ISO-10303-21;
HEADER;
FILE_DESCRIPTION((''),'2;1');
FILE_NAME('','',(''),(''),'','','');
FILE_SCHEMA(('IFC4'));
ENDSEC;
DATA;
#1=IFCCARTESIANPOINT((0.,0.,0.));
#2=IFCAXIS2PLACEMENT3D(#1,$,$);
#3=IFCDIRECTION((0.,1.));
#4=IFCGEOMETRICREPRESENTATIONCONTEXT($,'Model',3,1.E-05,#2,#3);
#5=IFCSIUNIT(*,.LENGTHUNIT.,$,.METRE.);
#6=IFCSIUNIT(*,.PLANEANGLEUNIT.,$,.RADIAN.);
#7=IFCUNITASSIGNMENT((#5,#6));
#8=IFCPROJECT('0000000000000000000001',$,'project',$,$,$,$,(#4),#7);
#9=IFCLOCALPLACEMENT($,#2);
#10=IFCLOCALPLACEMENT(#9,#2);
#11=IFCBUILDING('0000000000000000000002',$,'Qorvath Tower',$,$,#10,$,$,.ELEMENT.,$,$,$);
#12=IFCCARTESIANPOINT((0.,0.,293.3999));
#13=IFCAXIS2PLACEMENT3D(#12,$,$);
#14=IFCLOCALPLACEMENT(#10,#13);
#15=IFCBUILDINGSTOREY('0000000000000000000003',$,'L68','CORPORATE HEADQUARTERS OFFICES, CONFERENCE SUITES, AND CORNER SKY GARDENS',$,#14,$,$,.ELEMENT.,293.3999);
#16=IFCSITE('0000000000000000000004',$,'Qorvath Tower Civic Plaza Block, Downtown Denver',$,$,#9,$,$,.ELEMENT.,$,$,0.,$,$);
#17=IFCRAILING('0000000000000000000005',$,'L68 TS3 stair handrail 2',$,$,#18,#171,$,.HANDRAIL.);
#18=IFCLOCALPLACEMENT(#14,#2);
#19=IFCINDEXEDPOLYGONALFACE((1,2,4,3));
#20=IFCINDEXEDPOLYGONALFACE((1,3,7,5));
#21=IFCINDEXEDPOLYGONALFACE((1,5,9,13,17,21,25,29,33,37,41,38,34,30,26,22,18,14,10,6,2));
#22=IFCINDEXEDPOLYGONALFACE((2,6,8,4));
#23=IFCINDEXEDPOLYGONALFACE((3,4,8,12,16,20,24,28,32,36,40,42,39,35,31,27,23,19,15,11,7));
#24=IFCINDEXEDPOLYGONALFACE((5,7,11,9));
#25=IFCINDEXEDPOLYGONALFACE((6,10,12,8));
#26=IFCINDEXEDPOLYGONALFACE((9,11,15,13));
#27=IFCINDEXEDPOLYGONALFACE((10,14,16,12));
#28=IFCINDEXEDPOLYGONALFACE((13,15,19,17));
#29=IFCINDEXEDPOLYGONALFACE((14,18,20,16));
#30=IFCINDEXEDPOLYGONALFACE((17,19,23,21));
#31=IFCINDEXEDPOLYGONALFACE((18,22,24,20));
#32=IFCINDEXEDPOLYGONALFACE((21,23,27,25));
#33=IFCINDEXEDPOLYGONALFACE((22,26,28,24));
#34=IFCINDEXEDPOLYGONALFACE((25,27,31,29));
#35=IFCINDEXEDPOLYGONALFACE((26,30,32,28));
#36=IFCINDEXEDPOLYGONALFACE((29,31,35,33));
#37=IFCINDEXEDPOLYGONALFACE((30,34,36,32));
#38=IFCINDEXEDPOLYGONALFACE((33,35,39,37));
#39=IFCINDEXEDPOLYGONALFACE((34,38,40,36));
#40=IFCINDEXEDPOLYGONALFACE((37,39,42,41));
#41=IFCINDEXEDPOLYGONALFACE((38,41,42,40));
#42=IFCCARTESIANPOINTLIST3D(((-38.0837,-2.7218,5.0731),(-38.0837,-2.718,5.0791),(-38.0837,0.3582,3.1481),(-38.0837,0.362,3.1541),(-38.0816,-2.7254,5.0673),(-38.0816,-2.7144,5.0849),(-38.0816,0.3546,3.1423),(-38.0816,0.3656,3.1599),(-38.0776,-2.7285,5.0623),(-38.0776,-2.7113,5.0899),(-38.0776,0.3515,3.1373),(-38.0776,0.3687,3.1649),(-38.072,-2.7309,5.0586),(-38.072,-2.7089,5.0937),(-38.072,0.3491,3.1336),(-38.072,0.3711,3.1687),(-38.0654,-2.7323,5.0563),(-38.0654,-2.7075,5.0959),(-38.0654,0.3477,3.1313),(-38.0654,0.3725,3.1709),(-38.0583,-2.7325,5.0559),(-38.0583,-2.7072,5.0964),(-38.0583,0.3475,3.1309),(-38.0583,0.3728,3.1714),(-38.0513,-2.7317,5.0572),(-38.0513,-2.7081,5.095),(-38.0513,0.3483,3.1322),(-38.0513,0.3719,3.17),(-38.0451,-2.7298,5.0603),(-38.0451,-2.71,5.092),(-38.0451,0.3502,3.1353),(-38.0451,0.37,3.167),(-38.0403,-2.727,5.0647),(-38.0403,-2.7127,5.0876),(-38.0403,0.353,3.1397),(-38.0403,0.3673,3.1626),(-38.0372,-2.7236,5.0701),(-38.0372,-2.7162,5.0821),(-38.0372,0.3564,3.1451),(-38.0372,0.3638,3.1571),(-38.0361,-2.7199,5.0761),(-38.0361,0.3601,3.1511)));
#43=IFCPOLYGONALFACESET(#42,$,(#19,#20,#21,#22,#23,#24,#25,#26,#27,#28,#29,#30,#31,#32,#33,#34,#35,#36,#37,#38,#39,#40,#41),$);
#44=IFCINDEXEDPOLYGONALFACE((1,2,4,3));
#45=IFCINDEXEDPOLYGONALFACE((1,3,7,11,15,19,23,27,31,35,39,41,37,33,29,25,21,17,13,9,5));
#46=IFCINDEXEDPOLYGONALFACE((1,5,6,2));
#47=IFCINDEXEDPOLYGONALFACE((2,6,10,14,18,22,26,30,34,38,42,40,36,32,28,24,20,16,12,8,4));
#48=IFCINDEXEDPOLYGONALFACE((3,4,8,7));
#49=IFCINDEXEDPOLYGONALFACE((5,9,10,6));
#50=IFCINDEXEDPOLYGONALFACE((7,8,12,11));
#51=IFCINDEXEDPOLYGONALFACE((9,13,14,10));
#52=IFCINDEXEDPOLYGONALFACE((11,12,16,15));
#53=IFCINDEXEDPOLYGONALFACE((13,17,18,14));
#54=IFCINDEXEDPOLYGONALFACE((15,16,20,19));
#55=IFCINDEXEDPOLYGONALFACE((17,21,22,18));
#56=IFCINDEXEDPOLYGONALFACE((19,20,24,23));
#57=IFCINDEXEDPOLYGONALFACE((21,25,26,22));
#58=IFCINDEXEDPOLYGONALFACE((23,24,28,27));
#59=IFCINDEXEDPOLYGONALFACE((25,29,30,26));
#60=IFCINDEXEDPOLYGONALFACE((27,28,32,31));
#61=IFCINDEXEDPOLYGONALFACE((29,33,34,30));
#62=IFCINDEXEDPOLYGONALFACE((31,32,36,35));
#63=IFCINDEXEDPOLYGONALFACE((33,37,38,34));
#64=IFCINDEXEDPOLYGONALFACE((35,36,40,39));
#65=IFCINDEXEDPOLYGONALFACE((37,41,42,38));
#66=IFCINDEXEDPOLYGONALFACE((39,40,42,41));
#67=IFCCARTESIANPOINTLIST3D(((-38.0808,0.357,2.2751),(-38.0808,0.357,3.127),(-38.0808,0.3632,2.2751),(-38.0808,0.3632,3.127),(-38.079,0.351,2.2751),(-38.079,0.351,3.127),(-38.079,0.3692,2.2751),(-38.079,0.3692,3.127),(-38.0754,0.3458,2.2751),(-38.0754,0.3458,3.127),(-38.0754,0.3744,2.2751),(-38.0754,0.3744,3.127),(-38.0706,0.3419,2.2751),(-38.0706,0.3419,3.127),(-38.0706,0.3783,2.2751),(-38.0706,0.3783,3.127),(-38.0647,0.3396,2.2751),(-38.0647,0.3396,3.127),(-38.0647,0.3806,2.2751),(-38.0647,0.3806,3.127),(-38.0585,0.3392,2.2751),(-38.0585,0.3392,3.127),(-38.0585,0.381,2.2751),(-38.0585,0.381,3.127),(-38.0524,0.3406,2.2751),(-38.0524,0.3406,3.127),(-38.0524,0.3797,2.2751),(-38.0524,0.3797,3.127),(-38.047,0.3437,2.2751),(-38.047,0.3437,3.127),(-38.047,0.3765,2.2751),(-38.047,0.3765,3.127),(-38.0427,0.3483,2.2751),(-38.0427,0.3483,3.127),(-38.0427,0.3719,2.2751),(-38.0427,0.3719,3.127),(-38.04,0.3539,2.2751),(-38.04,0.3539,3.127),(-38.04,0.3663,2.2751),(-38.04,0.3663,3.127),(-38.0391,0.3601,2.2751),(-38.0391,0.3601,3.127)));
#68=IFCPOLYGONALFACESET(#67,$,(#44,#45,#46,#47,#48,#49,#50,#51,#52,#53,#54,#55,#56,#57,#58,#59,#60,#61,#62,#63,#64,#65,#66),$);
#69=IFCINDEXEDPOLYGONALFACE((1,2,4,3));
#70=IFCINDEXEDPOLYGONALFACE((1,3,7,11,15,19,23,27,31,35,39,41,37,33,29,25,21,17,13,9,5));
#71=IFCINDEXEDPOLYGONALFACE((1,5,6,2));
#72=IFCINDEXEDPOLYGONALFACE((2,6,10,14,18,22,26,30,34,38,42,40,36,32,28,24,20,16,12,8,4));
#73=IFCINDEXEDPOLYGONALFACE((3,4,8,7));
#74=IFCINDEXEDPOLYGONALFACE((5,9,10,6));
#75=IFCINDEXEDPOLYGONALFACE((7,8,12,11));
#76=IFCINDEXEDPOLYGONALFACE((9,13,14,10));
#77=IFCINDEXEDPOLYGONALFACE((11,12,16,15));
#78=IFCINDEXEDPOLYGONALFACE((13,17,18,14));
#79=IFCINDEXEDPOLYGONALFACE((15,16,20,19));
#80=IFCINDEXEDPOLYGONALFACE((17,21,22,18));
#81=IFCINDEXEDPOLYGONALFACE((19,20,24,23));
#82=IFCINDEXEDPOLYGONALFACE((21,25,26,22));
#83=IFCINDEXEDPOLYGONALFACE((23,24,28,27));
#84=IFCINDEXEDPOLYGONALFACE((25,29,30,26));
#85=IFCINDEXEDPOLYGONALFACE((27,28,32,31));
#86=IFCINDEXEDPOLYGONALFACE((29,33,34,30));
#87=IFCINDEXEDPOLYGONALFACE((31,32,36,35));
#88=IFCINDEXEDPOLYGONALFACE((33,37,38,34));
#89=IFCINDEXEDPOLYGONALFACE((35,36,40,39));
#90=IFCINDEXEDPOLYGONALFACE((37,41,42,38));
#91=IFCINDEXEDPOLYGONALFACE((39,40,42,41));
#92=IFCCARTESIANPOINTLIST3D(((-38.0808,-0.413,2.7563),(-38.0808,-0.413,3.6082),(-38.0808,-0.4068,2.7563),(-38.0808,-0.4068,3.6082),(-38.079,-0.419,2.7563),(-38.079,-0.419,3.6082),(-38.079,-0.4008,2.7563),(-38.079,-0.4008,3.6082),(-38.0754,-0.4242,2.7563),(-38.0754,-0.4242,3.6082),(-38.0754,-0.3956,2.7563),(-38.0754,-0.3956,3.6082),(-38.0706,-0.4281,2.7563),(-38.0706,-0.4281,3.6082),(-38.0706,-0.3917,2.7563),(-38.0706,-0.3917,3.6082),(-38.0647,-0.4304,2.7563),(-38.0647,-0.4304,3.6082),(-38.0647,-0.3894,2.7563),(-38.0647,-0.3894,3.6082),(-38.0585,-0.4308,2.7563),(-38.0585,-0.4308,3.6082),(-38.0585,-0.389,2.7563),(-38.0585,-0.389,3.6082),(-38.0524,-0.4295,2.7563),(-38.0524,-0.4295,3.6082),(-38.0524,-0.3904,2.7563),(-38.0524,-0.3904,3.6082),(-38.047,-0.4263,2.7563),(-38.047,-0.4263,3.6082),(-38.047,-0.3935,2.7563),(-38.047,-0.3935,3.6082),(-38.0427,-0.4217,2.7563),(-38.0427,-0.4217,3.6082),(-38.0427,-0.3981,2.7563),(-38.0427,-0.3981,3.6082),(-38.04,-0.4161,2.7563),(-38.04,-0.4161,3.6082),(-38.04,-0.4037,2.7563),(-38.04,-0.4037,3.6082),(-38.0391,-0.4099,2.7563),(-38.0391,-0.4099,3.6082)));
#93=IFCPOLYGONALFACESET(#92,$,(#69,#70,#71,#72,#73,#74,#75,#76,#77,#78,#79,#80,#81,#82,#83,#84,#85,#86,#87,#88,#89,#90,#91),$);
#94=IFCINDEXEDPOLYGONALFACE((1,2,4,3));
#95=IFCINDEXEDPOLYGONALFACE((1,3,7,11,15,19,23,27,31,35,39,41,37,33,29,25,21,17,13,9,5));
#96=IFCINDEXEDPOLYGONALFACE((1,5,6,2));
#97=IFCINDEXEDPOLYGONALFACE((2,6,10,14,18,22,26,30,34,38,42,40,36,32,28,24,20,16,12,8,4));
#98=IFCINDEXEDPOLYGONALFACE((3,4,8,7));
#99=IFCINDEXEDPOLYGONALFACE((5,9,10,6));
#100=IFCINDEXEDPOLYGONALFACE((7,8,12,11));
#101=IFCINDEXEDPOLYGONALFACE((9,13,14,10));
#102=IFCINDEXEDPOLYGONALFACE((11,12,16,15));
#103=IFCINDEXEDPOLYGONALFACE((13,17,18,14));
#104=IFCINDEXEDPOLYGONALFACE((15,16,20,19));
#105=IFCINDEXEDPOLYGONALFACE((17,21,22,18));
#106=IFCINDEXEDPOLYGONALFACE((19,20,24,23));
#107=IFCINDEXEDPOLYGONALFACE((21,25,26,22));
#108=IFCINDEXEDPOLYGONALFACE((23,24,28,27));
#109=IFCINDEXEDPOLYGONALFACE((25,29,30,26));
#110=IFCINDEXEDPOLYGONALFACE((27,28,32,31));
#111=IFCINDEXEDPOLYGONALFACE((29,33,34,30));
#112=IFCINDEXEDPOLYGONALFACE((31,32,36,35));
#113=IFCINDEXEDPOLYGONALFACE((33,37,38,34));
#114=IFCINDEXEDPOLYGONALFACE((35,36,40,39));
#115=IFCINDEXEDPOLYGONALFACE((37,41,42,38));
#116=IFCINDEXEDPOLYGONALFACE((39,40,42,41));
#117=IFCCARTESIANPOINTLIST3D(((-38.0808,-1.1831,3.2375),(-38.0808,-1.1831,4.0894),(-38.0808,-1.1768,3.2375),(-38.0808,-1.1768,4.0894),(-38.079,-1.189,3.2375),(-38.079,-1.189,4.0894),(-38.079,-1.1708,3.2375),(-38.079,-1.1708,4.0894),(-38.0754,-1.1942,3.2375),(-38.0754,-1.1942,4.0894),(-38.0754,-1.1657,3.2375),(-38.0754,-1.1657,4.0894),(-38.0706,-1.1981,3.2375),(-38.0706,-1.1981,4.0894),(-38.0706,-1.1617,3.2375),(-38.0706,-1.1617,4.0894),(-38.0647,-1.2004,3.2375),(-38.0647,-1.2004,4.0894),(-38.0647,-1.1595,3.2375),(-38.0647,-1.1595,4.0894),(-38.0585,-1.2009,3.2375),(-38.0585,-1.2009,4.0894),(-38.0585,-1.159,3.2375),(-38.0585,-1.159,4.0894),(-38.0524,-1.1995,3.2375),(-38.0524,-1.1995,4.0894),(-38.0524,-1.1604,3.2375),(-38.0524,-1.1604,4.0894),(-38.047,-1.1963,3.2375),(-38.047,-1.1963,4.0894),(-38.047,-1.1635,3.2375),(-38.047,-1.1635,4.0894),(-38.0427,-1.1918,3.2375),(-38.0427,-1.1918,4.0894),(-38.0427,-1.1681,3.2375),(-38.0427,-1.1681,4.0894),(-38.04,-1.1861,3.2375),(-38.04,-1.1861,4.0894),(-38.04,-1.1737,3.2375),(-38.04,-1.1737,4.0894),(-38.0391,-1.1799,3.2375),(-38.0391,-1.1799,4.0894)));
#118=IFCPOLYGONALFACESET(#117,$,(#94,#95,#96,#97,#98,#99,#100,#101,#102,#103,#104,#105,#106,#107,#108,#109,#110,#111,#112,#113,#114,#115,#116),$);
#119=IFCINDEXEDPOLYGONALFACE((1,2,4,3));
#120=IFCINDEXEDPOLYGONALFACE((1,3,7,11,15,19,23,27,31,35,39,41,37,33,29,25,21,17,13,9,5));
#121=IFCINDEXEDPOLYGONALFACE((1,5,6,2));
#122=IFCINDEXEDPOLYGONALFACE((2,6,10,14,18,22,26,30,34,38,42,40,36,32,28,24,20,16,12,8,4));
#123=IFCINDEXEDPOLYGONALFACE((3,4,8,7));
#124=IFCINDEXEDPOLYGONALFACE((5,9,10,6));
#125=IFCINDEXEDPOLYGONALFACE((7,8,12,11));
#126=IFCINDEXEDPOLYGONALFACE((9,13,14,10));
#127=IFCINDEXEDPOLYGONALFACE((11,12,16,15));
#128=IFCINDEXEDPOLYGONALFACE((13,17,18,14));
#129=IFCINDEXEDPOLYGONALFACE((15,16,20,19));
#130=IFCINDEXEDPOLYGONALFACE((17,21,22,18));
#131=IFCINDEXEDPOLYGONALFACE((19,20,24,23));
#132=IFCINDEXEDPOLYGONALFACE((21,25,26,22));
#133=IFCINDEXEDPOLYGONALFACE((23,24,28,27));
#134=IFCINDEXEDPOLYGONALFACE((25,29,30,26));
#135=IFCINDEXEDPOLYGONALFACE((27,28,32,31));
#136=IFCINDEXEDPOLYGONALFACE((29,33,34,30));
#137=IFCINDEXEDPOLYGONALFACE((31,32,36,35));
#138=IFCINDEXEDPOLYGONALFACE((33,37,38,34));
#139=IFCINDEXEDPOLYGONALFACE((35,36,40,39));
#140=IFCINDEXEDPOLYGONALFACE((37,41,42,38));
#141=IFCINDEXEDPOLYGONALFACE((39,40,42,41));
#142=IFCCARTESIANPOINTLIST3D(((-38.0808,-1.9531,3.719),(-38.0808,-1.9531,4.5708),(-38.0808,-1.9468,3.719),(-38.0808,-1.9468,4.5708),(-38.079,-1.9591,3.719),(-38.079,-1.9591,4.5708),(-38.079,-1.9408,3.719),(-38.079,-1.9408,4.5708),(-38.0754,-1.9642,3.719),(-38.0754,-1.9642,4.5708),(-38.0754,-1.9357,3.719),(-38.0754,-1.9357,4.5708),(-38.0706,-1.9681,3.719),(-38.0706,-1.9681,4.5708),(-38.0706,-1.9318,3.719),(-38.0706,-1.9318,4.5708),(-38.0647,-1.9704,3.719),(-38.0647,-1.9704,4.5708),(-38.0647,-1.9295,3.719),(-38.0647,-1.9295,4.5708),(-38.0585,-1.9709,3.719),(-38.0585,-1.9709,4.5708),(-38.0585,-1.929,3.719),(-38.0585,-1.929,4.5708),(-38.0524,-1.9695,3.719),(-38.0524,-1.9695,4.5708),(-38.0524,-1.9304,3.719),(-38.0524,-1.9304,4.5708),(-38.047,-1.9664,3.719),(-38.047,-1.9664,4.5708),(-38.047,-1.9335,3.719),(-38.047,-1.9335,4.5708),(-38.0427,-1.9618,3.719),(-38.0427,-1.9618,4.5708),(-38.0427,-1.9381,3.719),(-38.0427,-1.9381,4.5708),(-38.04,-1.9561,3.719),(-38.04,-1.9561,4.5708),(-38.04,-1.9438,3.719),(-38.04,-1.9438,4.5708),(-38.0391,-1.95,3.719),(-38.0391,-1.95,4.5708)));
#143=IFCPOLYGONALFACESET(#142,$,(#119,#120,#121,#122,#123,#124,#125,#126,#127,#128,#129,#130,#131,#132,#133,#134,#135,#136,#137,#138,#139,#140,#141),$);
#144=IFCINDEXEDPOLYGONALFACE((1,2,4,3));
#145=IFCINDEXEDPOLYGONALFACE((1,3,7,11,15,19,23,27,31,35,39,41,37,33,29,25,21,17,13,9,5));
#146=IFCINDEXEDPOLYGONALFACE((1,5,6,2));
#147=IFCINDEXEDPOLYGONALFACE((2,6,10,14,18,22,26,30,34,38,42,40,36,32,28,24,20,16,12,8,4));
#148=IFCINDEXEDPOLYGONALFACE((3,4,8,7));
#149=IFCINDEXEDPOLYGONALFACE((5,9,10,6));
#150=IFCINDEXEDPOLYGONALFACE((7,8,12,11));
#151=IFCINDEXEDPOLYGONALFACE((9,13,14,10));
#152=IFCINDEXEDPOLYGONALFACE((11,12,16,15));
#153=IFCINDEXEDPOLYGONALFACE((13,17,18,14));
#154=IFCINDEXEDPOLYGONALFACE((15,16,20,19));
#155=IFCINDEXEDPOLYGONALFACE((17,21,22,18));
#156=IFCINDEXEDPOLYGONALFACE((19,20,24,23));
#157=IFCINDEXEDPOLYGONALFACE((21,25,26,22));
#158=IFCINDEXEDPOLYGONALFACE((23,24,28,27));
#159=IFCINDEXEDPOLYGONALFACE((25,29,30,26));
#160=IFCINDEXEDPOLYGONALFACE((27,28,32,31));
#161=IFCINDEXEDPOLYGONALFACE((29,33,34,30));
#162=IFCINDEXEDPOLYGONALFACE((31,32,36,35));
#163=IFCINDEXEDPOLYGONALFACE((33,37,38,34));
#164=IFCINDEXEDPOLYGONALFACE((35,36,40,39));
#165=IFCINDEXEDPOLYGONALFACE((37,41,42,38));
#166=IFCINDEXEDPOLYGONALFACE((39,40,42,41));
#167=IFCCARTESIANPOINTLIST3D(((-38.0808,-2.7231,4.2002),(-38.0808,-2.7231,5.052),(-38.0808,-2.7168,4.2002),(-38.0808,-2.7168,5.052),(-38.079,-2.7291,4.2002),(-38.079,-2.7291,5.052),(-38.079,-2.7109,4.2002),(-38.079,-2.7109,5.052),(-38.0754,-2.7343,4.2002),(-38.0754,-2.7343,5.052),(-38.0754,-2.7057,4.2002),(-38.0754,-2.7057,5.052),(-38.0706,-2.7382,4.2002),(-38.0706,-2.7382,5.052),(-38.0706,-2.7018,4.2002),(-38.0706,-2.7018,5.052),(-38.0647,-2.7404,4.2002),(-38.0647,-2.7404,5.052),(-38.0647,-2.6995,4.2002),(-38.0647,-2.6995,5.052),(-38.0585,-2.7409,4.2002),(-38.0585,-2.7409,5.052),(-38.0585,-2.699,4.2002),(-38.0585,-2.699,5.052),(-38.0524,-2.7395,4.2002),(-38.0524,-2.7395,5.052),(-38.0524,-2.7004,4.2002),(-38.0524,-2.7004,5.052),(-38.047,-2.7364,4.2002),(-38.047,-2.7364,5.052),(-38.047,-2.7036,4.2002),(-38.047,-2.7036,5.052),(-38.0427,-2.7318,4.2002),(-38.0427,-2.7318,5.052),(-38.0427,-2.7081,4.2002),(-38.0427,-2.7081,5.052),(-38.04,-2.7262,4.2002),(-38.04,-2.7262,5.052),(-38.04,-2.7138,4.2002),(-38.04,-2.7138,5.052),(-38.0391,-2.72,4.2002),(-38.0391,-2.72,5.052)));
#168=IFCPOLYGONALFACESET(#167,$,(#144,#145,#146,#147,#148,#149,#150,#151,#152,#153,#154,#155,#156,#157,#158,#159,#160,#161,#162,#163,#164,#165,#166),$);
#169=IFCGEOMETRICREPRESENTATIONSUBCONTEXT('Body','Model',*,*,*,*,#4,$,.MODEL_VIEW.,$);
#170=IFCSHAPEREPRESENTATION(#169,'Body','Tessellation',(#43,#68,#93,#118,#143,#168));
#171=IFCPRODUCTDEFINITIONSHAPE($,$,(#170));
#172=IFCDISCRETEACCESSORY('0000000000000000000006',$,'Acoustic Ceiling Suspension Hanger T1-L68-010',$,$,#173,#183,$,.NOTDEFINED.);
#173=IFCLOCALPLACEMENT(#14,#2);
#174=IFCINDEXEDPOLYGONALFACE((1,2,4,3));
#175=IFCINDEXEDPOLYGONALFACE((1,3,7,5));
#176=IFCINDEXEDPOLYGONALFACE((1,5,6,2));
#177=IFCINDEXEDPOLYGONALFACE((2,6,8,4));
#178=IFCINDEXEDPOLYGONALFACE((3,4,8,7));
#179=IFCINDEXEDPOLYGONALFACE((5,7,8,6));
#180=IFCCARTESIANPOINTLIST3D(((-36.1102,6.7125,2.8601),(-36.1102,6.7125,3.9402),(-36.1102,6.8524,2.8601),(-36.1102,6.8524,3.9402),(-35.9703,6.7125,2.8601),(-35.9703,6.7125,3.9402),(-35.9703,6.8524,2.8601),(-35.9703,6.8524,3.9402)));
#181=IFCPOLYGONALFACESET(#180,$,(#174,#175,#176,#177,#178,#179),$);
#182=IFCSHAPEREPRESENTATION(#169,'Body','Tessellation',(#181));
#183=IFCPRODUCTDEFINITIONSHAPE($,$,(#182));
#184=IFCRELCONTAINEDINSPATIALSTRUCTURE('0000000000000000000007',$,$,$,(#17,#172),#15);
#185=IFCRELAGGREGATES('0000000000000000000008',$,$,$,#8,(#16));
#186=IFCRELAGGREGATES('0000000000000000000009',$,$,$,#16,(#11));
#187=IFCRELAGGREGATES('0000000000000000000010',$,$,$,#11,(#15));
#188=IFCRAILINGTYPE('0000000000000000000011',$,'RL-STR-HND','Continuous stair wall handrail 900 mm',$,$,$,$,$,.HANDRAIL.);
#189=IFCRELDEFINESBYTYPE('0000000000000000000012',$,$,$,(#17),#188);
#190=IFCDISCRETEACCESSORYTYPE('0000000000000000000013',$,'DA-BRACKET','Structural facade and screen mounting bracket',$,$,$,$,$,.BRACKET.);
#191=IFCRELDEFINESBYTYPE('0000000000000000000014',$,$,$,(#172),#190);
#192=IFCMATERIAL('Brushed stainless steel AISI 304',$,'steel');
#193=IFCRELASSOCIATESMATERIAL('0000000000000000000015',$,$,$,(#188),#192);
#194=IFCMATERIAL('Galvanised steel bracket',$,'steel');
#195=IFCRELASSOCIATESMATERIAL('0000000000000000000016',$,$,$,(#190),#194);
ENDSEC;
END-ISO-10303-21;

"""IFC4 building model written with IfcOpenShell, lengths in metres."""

from ifc_helpers import new_model, si_unit, direction, frame, origin, origin_2d, place, context, subcontext, project, spatial, rectangle, circle, extrude, material, type_object, element, save


model = new_model("IFC4")

# Units and contexts
model_context = context("Model", 3, precision=1e-05, world=origin(), true_north=direction((0.0, 1.0)))
body_context = subcontext(model_context, "Body", "Model", "MODEL_VIEW")
ifc_project = project(units=[si_unit("LENGTHUNIT", "METRE"), si_unit("PLANEANGLEUNIT", "RADIAN")], contexts=[model_context])

# Site, building, storey
site_placement = place(None, origin())
site = spatial("IfcSite", under=ifc_project, at=site_placement, Name="Qorvath Tower Civic Plaza Block, Downtown Denver", CompositionType="ELEMENT", RefElevation=0.0)
building_placement = place(site_placement, origin())
building = spatial("IfcBuilding", under=site, at=building_placement, Name="Qorvath Tower", CompositionType="ELEMENT")
storey_placement = place(building_placement, frame((0.0, 0.0, 293.3999)))
storey = spatial("IfcBuildingStorey", under=building, at=storey_placement, Name="L68", Description="CORPORATE HEADQUARTERS OFFICES, CONFERENCE SUITES, AND CORNER SKY GARDENS", CompositionType="ELEMENT", Elevation=293.3999)

# Railing
ifc_material_1 = material(Name="Brushed stainless steel AISI 304", Category="steel")
railing_type_1 = type_object("IfcRailingType", Name="RL-STR-HND", Description="Continuous stair wall handrail 900 mm", PredefinedType="HANDRAIL", material=ifc_material_1)
railing_1_placement = place(storey_placement, frame((-38.0601, 0.3601, 2.2751)))
element("IfcRailing", 1, at=railing_1_placement, inside=storey, type_object=railing_type_1, Name="L68 TS3 stair handrail 2", PredefinedType="HANDRAIL", context=body_context, shape_type="SweptSolid", body=[
    extrude(circle(Radius=0.0239, at=origin_2d()), frame((0.0, 0.0, 0.876), z_axis=(0.0, -0.847998, 0.529999), x_axis=(1.0, 0.0, 0.0)), (0.0, 0.0, 1.0), 3.6321),
    extrude(circle(Radius=0.021, at=origin_2d()), origin(), (0.0, 0.0, 1.0), 0.8518),
    extrude(circle(Radius=0.021, at=origin_2d()), frame((0.0, -0.77, 0.4812)), (0.0, 0.0, 1.0), 0.8518),
    extrude(circle(Radius=0.021, at=origin_2d()), frame((0.0, -1.54, 0.9624)), (0.0, 0.0, 1.0), 0.8518),
    extrude(circle(Radius=0.021, at=origin_2d()), frame((0.0, -2.3101, 1.4438)), (0.0, 0.0, 1.0), 0.8518),
    extrude(circle(Radius=0.021, at=origin_2d()), frame((0.0, -3.0801, 1.925)), (0.0, 0.0, 1.0), 0.8518),
])

# Discrete accessory
ifc_material_2 = material(Name="Galvanised steel bracket", Category="steel")
discrete_accessory_type = type_object("IfcDiscreteAccessoryType", Name="DA-BRACKET", Description="Structural facade and screen mounting bracket", PredefinedType="BRACKET", material=ifc_material_2)
discrete_accessory_placement = place(storey_placement, frame((-36.0403, 6.7825, 2.8601), z_axis=(0.0, 0.0, 1.0), x_axis=(1.0, 0.0, 0.0)))
element("IfcDiscreteAccessory", 2, at=discrete_accessory_placement, inside=storey, type_object=discrete_accessory_type, Name="Acoustic Ceiling Suspension Hanger T1-L68-010", PredefinedType="NOTDEFINED", context=body_context, shape_type="SweptSolid", body=[
    extrude(rectangle(XDim=0.1399, YDim=0.1399, at=origin_2d()), origin(), (0.0, 0.0, 1.0), 1.0801),
])

save(model, "model.ifc")
